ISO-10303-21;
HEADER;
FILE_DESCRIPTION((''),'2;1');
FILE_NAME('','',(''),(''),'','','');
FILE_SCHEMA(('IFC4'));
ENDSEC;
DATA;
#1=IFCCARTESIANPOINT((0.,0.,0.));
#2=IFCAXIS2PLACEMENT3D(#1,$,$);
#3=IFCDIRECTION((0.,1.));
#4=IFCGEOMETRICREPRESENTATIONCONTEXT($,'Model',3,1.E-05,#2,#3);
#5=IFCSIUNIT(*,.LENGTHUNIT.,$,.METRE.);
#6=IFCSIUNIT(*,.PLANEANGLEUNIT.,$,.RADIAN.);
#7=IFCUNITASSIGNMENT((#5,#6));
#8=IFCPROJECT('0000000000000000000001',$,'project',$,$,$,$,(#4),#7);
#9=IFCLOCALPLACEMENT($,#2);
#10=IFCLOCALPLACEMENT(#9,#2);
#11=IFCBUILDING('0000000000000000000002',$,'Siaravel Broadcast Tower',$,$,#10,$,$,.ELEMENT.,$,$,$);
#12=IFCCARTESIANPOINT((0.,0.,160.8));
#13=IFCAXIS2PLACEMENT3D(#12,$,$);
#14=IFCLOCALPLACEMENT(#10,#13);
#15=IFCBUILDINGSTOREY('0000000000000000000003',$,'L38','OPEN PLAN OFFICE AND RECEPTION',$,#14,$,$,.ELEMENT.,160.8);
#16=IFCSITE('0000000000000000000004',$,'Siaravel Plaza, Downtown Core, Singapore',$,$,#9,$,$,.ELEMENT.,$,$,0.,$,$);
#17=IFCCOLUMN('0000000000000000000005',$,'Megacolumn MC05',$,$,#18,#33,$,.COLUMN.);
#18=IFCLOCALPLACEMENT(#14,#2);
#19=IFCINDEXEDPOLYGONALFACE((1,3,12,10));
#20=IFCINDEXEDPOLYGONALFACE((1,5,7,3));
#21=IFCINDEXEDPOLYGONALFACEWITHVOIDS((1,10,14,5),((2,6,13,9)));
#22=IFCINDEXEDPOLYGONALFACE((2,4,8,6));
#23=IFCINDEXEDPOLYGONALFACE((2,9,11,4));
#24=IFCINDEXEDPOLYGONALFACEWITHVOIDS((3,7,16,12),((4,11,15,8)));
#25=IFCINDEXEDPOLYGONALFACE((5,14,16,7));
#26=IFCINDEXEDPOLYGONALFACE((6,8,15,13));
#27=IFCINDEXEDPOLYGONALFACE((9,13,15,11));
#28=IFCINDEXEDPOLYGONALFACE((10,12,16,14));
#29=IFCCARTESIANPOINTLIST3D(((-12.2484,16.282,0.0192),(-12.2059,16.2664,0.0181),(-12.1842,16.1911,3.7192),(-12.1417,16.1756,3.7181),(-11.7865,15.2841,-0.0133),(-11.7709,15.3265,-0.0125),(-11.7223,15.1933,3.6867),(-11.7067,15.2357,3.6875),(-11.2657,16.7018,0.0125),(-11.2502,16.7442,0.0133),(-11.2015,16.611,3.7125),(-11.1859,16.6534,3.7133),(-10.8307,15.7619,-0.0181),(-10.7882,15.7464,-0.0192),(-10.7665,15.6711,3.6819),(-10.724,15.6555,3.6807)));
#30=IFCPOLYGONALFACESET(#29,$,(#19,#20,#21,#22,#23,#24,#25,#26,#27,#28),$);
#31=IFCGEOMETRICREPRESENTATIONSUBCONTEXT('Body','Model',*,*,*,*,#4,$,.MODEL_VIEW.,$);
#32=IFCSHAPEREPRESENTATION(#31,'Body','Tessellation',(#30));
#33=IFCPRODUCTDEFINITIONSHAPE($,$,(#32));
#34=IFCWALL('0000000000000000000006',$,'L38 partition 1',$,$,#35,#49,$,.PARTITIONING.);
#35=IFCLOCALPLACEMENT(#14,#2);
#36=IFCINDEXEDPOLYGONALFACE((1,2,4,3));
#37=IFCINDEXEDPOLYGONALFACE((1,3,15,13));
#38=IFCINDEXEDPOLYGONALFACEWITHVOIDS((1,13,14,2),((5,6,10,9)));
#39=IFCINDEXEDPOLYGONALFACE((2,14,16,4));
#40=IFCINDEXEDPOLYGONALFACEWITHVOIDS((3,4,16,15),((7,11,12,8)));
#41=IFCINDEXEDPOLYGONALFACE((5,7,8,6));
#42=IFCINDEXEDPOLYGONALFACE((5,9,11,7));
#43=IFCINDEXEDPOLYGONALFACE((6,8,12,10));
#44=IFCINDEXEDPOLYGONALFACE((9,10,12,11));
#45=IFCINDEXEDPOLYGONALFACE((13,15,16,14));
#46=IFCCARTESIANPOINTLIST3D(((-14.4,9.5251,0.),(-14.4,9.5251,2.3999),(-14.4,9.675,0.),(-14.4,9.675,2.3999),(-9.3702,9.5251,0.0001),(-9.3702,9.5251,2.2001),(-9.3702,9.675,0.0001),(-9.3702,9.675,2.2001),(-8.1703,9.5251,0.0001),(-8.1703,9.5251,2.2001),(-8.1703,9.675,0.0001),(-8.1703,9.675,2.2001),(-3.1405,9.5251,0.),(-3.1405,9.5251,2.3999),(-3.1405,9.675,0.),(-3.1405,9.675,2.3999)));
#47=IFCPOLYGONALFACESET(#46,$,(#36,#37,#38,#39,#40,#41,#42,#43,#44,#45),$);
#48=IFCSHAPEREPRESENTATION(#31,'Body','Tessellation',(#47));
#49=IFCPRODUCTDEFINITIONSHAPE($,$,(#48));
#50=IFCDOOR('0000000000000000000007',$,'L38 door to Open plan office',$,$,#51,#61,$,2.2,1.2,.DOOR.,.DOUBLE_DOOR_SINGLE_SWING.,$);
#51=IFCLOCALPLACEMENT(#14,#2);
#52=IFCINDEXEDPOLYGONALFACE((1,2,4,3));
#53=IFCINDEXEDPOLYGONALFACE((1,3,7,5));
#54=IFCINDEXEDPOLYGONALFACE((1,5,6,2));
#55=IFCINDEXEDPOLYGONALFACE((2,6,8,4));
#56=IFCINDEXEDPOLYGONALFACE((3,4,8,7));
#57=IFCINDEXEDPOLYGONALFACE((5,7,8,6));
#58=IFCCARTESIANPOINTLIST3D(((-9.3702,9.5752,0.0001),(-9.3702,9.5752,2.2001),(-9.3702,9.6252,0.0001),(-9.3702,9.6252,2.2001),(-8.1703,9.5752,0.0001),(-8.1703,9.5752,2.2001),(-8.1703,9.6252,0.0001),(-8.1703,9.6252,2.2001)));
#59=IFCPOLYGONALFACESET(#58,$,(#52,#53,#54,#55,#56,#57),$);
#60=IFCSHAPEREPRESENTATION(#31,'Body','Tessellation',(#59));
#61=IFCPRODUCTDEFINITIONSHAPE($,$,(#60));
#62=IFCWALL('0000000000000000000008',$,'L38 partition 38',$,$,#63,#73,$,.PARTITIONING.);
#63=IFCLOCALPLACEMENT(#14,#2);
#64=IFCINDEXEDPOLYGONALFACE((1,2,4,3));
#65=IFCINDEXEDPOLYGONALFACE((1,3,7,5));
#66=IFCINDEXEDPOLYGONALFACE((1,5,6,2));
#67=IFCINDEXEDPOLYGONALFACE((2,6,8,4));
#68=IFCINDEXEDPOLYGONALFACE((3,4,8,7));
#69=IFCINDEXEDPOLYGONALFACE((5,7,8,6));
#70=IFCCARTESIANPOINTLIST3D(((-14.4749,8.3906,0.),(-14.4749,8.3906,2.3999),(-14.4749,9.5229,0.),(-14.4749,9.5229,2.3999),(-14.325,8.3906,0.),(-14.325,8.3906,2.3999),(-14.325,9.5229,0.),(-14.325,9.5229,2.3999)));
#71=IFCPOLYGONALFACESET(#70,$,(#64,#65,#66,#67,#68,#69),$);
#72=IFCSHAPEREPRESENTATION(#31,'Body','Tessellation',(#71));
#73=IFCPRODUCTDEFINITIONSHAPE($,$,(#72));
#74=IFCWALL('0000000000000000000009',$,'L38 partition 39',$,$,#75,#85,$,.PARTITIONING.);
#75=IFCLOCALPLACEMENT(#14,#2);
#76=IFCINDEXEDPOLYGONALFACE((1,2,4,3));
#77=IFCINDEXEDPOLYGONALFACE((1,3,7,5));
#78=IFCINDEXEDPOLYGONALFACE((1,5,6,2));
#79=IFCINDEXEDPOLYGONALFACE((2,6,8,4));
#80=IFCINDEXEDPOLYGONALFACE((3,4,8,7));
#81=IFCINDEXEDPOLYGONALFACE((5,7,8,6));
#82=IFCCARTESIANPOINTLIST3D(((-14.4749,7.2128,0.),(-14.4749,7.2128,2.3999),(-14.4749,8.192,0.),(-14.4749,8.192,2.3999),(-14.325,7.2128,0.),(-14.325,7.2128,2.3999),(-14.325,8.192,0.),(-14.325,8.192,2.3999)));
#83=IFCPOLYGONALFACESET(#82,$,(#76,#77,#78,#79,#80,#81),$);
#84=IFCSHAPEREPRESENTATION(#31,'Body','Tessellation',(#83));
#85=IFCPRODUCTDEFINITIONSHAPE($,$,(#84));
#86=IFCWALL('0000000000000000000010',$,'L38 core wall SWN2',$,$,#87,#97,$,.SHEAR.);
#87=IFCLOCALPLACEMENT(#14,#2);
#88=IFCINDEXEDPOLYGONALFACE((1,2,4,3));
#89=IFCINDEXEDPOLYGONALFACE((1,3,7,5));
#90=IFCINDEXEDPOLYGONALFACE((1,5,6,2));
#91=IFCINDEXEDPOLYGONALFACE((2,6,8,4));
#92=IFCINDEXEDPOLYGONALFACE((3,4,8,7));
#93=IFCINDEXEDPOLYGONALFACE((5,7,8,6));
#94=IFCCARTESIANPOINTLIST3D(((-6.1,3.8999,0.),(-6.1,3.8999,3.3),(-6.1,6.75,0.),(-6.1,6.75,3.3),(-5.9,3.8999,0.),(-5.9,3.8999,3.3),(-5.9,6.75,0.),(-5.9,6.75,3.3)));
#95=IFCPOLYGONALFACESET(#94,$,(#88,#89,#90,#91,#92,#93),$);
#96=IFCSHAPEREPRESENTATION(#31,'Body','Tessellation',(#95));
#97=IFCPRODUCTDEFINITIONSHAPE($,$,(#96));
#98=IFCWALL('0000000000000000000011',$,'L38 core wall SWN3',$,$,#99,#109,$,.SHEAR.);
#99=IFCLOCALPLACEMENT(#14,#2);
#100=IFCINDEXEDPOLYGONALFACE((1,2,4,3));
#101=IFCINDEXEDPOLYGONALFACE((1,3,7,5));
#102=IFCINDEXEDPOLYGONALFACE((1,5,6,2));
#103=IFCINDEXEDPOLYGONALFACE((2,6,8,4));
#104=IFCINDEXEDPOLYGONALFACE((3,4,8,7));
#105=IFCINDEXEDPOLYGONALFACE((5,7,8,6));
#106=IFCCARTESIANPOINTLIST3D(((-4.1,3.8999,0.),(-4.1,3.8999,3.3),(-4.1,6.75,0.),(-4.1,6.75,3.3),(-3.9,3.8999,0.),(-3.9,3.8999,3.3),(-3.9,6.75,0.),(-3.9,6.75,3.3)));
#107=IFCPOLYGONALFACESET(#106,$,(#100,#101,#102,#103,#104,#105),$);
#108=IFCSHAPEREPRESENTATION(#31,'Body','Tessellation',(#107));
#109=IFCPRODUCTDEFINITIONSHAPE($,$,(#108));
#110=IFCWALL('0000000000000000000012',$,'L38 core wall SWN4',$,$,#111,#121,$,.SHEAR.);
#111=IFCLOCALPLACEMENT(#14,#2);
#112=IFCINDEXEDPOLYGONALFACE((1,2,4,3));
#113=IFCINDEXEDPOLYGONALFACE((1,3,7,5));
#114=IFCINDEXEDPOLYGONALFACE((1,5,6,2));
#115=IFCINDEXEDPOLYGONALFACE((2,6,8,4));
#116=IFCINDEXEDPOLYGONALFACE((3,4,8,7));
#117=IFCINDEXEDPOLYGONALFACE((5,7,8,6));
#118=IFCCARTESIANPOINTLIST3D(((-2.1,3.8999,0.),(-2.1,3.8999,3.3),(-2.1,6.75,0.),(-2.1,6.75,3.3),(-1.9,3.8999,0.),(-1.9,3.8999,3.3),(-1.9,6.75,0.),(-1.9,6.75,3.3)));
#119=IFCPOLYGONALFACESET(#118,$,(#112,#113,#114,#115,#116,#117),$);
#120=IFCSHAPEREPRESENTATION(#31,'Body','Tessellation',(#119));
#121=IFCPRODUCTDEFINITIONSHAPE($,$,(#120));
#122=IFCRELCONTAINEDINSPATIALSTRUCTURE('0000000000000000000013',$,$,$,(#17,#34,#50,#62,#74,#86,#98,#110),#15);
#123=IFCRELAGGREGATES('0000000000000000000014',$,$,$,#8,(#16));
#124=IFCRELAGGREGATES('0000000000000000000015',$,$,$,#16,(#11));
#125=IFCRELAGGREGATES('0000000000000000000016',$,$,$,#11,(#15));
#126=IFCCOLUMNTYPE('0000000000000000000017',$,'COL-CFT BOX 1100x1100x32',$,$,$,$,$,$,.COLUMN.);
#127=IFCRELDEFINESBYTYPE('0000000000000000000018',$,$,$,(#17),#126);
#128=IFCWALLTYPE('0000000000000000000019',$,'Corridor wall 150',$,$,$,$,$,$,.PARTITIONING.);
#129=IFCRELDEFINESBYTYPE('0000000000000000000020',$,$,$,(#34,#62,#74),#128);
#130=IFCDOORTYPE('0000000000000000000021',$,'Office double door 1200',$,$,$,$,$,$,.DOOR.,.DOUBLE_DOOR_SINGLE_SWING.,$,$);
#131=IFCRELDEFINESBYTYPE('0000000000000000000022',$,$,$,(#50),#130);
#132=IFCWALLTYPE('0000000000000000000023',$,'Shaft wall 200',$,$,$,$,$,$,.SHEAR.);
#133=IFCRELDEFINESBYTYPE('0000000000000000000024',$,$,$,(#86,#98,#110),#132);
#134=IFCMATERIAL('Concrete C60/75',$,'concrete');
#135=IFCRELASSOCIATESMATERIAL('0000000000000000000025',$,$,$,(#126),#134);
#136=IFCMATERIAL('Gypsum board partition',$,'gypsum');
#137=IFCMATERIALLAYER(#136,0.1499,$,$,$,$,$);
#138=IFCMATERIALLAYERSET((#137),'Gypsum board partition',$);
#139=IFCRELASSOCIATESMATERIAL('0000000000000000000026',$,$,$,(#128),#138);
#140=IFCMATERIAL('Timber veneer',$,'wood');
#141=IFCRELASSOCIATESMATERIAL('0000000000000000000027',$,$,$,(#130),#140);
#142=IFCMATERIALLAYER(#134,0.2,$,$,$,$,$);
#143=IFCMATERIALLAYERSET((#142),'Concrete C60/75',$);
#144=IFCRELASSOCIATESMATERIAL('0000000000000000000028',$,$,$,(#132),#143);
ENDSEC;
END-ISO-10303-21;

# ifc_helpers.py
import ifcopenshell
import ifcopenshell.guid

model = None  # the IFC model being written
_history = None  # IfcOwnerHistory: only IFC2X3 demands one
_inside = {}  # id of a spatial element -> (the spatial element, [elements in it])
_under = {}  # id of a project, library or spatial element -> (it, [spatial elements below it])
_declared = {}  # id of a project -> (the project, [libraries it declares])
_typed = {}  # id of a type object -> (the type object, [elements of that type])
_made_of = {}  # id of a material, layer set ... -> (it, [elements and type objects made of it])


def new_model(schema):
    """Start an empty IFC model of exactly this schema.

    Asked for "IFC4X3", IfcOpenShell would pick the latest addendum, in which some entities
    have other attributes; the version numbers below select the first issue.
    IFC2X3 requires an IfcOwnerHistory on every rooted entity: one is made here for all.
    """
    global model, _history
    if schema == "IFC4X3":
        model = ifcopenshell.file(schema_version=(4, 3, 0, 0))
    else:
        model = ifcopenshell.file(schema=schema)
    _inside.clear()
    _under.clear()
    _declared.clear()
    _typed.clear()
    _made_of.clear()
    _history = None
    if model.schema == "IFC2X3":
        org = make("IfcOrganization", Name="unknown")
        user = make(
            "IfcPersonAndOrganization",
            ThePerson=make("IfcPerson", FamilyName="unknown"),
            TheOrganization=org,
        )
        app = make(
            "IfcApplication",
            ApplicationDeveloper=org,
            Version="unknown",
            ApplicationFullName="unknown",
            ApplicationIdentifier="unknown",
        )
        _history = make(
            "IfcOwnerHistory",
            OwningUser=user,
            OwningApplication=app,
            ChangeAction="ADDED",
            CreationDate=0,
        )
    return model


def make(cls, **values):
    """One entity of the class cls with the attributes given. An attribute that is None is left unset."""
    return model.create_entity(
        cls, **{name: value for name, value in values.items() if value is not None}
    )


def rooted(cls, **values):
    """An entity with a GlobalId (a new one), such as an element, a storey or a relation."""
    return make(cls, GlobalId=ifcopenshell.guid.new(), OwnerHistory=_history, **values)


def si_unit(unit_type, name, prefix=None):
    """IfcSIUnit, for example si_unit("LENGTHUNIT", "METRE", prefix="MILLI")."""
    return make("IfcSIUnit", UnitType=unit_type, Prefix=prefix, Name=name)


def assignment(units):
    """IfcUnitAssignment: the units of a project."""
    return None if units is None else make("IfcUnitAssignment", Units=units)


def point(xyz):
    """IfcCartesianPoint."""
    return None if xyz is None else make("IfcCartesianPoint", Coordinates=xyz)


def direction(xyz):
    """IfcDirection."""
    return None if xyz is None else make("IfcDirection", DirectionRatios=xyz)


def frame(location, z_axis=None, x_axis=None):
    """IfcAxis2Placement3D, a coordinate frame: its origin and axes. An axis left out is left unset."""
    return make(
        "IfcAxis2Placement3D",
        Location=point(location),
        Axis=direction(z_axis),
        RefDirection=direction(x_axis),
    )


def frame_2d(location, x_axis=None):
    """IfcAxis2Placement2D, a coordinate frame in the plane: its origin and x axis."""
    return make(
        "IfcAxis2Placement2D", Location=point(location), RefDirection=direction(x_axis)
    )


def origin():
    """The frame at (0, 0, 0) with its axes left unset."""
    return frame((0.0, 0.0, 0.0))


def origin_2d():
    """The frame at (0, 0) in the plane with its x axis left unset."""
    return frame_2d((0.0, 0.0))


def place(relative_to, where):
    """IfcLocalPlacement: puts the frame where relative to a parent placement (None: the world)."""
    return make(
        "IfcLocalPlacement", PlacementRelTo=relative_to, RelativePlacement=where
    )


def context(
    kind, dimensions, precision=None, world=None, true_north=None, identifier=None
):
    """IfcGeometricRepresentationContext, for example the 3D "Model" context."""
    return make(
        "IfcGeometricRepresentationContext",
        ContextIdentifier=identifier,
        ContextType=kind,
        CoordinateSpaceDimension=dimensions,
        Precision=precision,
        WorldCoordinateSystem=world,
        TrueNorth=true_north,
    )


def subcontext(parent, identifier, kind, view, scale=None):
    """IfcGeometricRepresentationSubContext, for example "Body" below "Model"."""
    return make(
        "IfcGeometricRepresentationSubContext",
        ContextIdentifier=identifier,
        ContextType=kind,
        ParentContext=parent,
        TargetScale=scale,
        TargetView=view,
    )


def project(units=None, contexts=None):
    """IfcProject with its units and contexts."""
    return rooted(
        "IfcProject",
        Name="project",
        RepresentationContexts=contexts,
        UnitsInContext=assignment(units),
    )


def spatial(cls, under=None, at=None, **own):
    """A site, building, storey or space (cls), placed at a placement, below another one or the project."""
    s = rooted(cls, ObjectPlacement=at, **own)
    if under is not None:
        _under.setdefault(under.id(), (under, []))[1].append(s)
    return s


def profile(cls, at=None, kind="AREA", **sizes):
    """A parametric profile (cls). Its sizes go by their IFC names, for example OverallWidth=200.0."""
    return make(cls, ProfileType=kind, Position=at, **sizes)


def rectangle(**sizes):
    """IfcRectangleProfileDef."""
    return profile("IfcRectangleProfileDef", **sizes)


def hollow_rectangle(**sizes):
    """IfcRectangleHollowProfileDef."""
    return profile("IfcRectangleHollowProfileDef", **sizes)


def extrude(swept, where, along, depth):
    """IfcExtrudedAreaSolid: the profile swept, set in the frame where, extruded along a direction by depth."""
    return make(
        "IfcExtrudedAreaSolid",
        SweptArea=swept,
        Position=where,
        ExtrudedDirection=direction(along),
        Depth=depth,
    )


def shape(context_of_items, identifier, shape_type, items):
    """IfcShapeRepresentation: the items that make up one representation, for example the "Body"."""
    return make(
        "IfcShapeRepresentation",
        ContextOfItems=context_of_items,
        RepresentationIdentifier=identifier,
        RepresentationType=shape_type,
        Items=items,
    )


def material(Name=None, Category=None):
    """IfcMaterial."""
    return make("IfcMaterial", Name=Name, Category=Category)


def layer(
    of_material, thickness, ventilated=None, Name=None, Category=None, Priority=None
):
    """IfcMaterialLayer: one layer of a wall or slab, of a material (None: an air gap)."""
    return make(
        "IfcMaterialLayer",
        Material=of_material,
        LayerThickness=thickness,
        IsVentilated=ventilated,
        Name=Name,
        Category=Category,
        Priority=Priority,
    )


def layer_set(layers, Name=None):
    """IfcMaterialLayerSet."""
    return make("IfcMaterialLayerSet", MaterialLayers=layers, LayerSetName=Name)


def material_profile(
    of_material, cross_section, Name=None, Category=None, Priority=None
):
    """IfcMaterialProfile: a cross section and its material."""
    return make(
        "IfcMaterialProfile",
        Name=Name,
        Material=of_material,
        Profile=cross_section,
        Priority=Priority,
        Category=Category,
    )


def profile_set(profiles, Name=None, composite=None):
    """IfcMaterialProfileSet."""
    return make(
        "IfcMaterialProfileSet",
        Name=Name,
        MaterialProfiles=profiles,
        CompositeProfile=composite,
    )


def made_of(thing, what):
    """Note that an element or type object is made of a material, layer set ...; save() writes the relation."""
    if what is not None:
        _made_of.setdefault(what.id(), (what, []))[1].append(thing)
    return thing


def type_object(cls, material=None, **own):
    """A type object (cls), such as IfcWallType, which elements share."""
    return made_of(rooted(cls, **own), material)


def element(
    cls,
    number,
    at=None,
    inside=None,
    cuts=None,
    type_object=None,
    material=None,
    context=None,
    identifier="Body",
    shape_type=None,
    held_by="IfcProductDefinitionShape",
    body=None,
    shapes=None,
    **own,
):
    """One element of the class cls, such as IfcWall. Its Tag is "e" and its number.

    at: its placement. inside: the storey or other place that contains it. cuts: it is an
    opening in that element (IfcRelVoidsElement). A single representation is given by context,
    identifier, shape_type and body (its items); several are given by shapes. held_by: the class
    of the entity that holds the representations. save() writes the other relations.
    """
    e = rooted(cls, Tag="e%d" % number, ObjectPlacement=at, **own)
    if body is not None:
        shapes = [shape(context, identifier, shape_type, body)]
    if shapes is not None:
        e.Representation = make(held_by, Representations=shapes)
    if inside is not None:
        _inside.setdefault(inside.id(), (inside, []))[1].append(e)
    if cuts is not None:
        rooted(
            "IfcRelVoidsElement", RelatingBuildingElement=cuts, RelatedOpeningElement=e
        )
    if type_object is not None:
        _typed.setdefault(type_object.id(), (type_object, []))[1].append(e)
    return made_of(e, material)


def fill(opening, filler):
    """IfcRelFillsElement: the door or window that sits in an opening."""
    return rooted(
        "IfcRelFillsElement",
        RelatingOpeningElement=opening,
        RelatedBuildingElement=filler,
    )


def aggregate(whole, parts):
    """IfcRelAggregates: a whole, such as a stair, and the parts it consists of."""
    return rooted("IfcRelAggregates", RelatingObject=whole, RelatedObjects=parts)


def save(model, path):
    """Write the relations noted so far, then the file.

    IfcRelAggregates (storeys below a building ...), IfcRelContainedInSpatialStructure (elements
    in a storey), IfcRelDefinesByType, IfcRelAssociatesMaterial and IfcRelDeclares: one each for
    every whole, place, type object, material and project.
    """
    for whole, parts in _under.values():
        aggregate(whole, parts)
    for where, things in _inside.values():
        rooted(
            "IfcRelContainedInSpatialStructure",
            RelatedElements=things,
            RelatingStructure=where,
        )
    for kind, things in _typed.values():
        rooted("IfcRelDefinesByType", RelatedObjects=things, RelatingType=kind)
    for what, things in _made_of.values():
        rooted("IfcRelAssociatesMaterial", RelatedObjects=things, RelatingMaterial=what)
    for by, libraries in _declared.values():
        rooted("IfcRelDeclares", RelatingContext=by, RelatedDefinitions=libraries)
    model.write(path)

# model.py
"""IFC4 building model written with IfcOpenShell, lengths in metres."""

from ifc_helpers import new_model, si_unit, direction, frame, frame_2d, origin, origin_2d, place, context, subcontext, project, spatial, rectangle, hollow_rectangle, extrude, material, layer, layer_set, material_profile, profile_set, type_object, element, fill, save


model = new_model("IFC4")

# Units and contexts
model_context = context("Model", 3, precision=1e-05, world=origin(), true_north=direction((0.0, 1.0)))
body_context = subcontext(model_context, "Body", "Model", "MODEL_VIEW")
ifc_project = project(units=[si_unit("LENGTHUNIT", "METRE"), si_unit("PLANEANGLEUNIT", "RADIAN")], contexts=[model_context])

# Site, building, storey
site_placement = place(None, origin())
site = spatial("IfcSite", under=ifc_project, at=site_placement, Name="Siaravel Plaza, Downtown Core, Singapore", CompositionType="ELEMENT", RefElevation=0.0)
building_placement = place(site_placement, origin())
building = spatial("IfcBuilding", under=site, at=building_placement, Name="Siaravel Broadcast Tower", CompositionType="ELEMENT")
storey_placement = place(building_placement, frame((0.0, 0.0, 160.8)))
storey = spatial("IfcBuildingStorey", under=building, at=storey_placement, Name="L38", Description="OPEN PLAN OFFICE AND RECEPTION", CompositionType="ELEMENT", Elevation=160.8)

# Column
ifc_material_1 = material(Name="Concrete C60/75", Category="concrete")
ifc_material_profile = material_profile(ifc_material_1, hollow_rectangle(XDim=1.1001, YDim=1.1001, WallThickness=0.032, at=origin_2d()))
ifc_profile_set = profile_set([ifc_material_profile], Name="Concrete C60/75")
column_type = type_object("IfcColumnType", Name="COL-CFT BOX 1100x1100x32", PredefinedType="COLUMN", material=ifc_profile_set)
column_placement = place(storey_placement, frame((-11.5183, 16.0142, 0.0), z_axis=(0.017346, -0.024535, 0.999548), x_axis=(0.907409, 0.420214, -0.005432)))
element("IfcColumn", 1, at=column_placement, inside=storey, type_object=column_type, Name="Megacolumn MC05", PredefinedType="COLUMN", context=body_context, shape_type="SweptSolid", body=[
    extrude(hollow_rectangle(XDim=1.1001, YDim=1.1001, WallThickness=0.032, at=origin_2d()), origin(), (0.0, 0.0, 1.0), 3.7017),
])

# Shared definitions
ifc_material_2 = material(Name="Timber veneer", Category="wood")

# Wall, opening, door
ifc_material_3 = material(Name="Gypsum board partition", Category="gypsum")
ifc_layer_1 = layer(ifc_material_3, 0.1499)
ifc_layer_set_1 = layer_set([ifc_layer_1], Name="Gypsum board partition")
wall_type_1 = type_object("IfcWallType", Name="Corridor wall 150", PredefinedType="PARTITIONING", material=ifc_layer_set_1)
wall_1_placement = place(storey_placement, frame((-3.1404, 9.6001, 0.0), z_axis=(0.0, 0.0, 1.0), x_axis=(-1.0, 0.0, 0.0)))
wall_1 = element("IfcWall", 2, at=wall_1_placement, inside=storey, type_object=wall_type_1, Name="L38 partition 1", PredefinedType="PARTITIONING", context=body_context, shape_type="SweptSolid", body=[
    extrude(rectangle(XDim=11.2595, YDim=0.1499, at=frame_2d((5.6299, 0.0))), origin(), (0.0, 0.0, 1.0), 2.3999),
])
opening_1_placement = place(wall_1_placement, frame((5.0298, 0.0, 0.0)))
opening_1 = element("IfcOpeningElement", 3, at=opening_1_placement, cuts=wall_1, PredefinedType="OPENING", context=body_context, shape_type="SweptSolid", body=[
    extrude(rectangle(XDim=1.2, YDim=2.2, at=frame_2d((0.6001, 1.1001))), frame((0.0, 0.085, 0.0), z_axis=(0.0, -1.0, 0.0), x_axis=(1.0, 0.0, 0.0)), (0.0, 0.0, 1.0), 0.1699),
])
door_type_1 = type_object("IfcDoorType", Name="Office double door 1200", OperationType="DOUBLE_DOOR_SINGLE_SWING", PredefinedType="DOOR", material=ifc_material_2)
door_1_placement = place(opening_1_placement, origin())
door_1 = element("IfcDoor", 4, at=door_1_placement, inside=storey, type_object=door_type_1, Name="L38 door to Open plan office", OperationType="DOUBLE_DOOR_SINGLE_SWING", OverallHeight=2.2, OverallWidth=1.2, PredefinedType="DOOR", context=body_context, shape_type="SweptSolid", body=[
    extrude(rectangle(XDim=1.2, YDim=2.2, at=frame_2d((0.6001, 1.1001))), frame((0.0, 0.0249, 0.0), z_axis=(0.0, -1.0, 0.0), x_axis=(1.0, 0.0, 0.0)), (0.0, 0.0, 1.0), 0.05),
])
fill(opening_1, door_1)

# Walls
wall_2_placement = place(storey_placement, frame((-14.3999, 9.5229, 0.0), z_axis=(0.0, 0.0, 1.0), x_axis=(0.0, -1.0, 0.0)))
element("IfcWall", 5, at=wall_2_placement, inside=storey, type_object=wall_type_1, Name="L38 partition 38", PredefinedType="PARTITIONING", context=body_context, shape_type="SweptSolid", body=[
    extrude(rectangle(XDim=1.1323, YDim=0.1499, at=frame_2d((0.5662, 0.0))), origin(), (0.0, 0.0, 1.0), 2.3999),
])
wall_3_placement = place(storey_placement, frame((-14.3999, 8.1921, 0.0), z_axis=(0.0, 0.0, 1.0), x_axis=(0.0, -1.0, 0.0)))
element("IfcWall", 6, at=wall_3_placement, inside=storey, type_object=wall_type_1, Name="L38 partition 39", PredefinedType="PARTITIONING", context=body_context, shape_type="SweptSolid", body=[
    extrude(rectangle(XDim=0.9792, YDim=0.1499, at=frame_2d((0.4897, 0.0))), origin(), (0.0, 0.0, 1.0), 2.3999),
])
ifc_layer_2 = layer(ifc_material_1, 0.2)
ifc_layer_set_2 = layer_set([ifc_layer_2], Name="Concrete C60/75")
wall_type_2 = type_object("IfcWallType", Name="Shaft wall 200", PredefinedType="SHEAR", material=ifc_layer_set_2)
for number, where, z_axis, x_axis, name in (
    (7, (-6.0, 3.8999, 0.0), (0.0, 0.0, 1.0), (0.0, 1.0, 0.0), "L38 core wall SWN2"),
    (8, (-4.0, 3.8999, 0.0), (0.0, 0.0, 1.0), (0.0, 1.0, 0.0), "L38 core wall SWN3"),
    (9, (-2.0, 3.8999, 0.0), (0.0, 0.0, 1.0), (0.0, 1.0, 0.0), "L38 core wall SWN4"),
):
    element("IfcWall", number, at=place(storey_placement, frame(where, z_axis=z_axis, x_axis=x_axis)), inside=storey, type_object=wall_type_2, Name=name, PredefinedType="SHEAR", context=body_context, shape_type="SweptSolid", body=[
        extrude(rectangle(XDim=2.8501, YDim=0.2, at=frame_2d((1.425, 0.0))), origin(), (0.0, 0.0, 1.0), 3.3),
    ])

save(model, "model.ifc")
